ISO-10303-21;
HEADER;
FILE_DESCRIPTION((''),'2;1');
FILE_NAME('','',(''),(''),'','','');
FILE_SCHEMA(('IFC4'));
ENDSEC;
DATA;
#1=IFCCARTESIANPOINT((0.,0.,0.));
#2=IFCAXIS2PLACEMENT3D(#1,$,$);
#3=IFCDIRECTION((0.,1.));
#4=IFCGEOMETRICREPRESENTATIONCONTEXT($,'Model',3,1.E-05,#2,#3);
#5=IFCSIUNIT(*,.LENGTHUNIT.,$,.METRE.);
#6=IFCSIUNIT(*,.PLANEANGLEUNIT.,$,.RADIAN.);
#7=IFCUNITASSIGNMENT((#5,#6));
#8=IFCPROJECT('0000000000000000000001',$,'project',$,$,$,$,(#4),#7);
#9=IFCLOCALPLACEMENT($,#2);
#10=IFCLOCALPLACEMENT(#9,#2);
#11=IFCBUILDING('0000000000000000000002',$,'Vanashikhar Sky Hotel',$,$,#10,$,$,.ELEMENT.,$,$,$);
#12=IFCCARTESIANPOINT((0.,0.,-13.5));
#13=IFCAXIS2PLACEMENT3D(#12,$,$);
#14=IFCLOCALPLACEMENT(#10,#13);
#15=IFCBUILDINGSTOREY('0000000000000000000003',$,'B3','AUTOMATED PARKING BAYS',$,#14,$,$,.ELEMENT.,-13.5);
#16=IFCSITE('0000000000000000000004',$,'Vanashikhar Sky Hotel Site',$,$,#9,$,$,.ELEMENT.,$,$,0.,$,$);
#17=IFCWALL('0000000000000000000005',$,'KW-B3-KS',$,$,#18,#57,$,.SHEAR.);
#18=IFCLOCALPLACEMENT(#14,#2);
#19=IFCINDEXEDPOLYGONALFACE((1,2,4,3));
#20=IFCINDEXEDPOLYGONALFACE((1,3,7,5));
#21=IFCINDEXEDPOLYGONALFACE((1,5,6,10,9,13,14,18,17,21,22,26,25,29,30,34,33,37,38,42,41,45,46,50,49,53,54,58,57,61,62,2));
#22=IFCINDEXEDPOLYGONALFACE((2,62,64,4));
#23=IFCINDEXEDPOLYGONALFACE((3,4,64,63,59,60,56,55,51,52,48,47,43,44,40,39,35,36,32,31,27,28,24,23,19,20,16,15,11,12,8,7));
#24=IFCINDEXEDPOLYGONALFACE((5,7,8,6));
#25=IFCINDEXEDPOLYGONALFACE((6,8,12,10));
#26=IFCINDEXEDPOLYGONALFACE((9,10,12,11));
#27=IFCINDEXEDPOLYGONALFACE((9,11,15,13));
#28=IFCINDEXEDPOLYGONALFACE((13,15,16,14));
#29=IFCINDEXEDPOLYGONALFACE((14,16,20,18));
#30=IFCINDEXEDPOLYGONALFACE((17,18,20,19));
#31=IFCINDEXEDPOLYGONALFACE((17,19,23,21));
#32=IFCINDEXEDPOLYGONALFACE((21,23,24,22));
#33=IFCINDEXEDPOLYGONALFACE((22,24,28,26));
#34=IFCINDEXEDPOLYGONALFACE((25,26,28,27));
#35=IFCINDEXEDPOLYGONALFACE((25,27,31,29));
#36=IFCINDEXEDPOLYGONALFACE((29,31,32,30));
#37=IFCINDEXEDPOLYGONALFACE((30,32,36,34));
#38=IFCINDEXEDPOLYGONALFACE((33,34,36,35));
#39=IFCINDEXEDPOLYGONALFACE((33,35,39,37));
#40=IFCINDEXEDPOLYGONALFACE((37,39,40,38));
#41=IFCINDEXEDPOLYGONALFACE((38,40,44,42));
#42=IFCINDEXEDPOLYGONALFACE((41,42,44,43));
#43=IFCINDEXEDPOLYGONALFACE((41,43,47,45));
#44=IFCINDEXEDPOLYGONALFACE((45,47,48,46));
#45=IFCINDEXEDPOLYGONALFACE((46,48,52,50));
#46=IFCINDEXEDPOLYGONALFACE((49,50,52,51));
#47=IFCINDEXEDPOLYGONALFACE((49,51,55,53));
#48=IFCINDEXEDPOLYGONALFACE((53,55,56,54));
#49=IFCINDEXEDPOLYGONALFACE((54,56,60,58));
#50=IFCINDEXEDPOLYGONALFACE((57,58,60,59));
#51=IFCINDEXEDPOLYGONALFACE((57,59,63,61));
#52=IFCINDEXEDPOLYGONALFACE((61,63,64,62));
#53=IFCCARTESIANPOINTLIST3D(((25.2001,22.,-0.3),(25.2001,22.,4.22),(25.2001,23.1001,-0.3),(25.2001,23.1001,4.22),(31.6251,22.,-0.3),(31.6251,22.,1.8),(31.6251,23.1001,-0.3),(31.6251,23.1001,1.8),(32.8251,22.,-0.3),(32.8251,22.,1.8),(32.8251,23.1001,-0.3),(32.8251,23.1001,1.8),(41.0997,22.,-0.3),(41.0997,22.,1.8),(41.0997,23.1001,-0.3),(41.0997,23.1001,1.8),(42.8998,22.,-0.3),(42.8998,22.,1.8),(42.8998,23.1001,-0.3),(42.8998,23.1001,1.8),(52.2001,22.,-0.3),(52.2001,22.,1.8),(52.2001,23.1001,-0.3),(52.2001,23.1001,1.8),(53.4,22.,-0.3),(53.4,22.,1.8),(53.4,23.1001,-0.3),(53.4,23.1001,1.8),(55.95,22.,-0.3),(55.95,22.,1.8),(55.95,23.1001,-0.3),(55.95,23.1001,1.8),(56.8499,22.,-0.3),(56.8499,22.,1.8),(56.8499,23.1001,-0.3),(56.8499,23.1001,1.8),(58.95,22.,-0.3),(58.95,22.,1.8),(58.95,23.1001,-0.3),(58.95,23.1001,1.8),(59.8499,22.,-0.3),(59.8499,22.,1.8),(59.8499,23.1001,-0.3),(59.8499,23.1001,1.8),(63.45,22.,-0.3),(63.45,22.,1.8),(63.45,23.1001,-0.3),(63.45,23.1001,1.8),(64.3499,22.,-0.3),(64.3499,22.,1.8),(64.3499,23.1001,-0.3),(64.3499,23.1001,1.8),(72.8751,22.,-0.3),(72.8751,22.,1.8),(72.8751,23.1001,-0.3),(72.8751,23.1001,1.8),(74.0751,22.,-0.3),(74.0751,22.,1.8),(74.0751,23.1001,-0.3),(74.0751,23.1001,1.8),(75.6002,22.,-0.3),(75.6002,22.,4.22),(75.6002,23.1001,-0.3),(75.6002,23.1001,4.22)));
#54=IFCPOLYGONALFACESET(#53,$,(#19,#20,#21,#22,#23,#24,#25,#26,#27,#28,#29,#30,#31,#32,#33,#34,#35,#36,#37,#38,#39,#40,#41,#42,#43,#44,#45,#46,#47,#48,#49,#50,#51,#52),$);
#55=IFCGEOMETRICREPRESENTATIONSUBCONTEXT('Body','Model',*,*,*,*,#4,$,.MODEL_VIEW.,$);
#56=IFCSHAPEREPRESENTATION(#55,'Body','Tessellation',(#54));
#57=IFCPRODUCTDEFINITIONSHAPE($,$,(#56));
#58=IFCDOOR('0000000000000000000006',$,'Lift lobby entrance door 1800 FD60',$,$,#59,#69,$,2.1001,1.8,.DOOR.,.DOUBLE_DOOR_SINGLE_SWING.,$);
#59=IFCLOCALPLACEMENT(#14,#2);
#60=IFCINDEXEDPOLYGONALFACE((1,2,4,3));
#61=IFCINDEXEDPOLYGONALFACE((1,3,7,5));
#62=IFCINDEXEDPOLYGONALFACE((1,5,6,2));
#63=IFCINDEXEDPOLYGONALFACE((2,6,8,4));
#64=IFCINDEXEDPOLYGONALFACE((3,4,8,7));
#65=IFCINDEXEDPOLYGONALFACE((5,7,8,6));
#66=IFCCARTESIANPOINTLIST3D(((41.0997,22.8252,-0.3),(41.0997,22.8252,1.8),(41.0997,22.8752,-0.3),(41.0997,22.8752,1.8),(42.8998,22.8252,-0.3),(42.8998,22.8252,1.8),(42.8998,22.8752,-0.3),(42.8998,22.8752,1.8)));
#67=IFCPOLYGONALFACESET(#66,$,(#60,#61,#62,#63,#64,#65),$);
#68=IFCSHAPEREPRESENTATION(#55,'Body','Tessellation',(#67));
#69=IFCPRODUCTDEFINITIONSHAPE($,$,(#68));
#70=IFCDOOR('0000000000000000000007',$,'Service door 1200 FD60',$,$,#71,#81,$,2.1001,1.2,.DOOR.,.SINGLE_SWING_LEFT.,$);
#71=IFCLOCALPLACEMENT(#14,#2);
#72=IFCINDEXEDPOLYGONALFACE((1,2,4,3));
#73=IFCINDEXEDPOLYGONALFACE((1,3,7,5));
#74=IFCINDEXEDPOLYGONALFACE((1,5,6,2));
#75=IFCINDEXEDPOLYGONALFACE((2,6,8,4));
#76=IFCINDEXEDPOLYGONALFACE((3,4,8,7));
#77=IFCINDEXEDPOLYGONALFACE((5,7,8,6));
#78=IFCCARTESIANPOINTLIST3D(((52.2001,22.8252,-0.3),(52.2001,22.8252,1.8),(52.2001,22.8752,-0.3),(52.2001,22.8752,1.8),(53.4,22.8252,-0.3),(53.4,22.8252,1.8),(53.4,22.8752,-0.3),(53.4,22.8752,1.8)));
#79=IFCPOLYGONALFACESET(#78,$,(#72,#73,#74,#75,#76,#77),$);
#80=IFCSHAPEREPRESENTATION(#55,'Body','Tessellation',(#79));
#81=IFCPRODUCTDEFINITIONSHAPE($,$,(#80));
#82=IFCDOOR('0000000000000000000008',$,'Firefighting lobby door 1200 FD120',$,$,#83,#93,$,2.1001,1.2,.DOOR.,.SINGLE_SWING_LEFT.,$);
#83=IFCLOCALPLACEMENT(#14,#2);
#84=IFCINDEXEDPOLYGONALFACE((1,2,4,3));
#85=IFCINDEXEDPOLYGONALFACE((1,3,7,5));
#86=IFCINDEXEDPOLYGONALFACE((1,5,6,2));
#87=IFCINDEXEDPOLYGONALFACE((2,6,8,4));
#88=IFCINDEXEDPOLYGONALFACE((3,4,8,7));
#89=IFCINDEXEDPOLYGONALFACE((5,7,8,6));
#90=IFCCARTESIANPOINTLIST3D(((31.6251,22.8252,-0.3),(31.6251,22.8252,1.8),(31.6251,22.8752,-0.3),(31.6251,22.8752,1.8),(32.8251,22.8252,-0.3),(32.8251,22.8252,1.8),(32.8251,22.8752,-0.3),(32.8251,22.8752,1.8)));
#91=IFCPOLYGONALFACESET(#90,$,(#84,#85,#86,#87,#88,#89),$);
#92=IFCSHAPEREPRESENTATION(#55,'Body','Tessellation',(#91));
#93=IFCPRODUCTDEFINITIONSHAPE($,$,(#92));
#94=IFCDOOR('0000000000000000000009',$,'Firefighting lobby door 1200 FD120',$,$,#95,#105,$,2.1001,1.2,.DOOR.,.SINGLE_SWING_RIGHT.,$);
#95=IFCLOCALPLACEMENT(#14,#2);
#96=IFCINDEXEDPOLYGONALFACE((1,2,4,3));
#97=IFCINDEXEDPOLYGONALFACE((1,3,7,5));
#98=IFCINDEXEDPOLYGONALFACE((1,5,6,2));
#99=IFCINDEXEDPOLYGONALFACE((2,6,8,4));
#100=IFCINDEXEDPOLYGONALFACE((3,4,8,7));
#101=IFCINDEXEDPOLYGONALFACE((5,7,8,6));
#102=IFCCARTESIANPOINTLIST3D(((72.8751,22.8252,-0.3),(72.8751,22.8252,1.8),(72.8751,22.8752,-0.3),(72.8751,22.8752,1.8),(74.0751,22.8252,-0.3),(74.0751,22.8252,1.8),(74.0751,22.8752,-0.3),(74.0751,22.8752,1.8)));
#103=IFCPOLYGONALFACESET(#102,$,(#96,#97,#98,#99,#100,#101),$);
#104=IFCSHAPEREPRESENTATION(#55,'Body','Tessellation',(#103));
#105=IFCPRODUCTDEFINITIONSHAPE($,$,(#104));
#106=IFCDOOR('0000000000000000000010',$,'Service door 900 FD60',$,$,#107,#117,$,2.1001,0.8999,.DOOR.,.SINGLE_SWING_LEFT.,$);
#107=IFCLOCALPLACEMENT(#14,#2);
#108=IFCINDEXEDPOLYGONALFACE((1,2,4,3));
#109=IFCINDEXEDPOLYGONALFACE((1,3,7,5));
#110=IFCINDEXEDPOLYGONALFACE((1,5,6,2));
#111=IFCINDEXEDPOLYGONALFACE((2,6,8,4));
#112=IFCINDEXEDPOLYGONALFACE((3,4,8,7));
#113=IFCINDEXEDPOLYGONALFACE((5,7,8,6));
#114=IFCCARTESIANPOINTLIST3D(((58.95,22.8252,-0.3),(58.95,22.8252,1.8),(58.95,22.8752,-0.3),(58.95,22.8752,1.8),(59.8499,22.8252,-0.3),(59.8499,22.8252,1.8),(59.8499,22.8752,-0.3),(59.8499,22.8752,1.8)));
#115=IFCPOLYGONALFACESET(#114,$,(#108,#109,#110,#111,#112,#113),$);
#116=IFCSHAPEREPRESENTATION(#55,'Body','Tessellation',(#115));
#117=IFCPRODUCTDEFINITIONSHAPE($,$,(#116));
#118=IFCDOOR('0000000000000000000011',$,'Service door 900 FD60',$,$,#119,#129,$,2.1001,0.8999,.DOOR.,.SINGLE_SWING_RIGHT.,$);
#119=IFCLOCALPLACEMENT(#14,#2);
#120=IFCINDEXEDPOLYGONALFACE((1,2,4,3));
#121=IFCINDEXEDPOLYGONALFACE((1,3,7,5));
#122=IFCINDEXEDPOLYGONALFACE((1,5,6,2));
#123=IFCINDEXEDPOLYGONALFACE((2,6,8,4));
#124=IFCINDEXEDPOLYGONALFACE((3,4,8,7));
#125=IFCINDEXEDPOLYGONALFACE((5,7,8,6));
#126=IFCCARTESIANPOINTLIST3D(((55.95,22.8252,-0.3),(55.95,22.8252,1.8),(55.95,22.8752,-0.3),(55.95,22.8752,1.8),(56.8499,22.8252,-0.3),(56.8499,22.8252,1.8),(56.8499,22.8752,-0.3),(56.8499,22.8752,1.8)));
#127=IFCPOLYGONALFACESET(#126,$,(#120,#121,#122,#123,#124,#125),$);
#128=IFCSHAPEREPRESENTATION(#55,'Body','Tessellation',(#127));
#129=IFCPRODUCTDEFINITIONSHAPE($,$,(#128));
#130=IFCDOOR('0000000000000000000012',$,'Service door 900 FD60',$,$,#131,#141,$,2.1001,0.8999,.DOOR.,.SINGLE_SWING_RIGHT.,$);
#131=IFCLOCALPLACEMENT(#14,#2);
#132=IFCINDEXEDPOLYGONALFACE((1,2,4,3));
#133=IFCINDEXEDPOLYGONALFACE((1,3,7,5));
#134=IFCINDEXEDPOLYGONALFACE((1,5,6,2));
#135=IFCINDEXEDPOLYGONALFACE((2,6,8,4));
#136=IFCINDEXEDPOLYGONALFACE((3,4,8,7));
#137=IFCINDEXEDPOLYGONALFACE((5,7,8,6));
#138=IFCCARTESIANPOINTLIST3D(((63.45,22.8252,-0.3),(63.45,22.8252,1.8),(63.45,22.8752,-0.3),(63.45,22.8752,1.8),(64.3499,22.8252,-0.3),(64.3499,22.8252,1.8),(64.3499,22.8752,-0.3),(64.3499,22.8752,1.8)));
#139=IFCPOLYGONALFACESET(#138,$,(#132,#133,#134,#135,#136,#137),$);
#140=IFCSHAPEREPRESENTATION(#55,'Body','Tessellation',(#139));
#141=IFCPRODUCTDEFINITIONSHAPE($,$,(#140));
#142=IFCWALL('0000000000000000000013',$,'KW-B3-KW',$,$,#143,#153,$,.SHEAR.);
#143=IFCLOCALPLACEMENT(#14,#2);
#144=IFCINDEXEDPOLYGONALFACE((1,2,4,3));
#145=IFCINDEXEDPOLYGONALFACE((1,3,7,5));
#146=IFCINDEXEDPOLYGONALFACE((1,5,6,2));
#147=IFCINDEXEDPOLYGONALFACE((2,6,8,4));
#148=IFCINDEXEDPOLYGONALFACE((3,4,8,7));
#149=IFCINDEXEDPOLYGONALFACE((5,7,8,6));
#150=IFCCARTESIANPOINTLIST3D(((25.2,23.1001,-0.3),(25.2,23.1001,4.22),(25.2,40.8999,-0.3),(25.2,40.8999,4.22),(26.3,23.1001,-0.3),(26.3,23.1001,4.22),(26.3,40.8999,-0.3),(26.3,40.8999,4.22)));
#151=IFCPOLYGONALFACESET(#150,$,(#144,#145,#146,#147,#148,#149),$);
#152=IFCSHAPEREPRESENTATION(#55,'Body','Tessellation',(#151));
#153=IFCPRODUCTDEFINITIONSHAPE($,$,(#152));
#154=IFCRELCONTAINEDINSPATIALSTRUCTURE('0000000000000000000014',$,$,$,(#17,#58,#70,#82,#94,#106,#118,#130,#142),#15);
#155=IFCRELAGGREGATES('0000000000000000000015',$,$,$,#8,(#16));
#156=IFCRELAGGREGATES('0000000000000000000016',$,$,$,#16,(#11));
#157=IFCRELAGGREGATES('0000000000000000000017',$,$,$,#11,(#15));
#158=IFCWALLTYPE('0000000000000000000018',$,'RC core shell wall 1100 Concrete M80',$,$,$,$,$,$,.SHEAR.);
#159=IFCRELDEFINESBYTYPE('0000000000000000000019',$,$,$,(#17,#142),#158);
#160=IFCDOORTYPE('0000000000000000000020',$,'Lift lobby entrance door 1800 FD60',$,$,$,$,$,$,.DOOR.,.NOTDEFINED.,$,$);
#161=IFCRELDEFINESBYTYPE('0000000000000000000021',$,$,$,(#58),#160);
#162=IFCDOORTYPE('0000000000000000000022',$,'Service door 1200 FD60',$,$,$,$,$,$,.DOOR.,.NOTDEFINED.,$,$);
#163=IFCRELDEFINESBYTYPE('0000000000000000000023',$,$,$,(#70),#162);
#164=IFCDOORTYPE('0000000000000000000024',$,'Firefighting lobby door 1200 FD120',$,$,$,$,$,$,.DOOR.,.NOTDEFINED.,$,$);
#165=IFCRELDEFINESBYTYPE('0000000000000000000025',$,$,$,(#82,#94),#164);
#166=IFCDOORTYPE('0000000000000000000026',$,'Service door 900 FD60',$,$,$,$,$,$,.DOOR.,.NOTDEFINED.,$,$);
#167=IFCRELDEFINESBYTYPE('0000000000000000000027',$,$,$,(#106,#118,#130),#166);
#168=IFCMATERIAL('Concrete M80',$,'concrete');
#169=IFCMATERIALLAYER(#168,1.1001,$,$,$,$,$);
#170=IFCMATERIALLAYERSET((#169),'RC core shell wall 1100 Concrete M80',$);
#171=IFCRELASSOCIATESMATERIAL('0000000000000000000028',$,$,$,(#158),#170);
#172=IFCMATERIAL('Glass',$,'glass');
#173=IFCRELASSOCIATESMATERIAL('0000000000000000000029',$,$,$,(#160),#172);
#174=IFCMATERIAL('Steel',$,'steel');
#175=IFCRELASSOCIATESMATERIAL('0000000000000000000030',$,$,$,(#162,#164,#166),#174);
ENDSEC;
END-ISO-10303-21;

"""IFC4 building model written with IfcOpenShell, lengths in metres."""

from ifc_helpers import new_model, si_unit, direction, frame, frame_2d, origin, place, context, subcontext, project, spatial, rectangle, extrude, source, transform, mapped, material, layer, layer_set, type_object, element, fill, save


model = new_model("IFC4")

# Units and contexts
model_context = context("Model", 3, precision=1e-05, world=origin(), true_north=direction((0.0, 1.0)))
body_context = subcontext(model_context, "Body", "Model", "MODEL_VIEW")
ifc_project = project(units=[si_unit("LENGTHUNIT", "METRE"), si_unit("PLANEANGLEUNIT", "RADIAN")], contexts=[model_context])

# Site, building, storey
site_placement = place(None, origin())
site = spatial("IfcSite", under=ifc_project, at=site_placement, Name="Vanashikhar Sky Hotel Site", CompositionType="ELEMENT", RefElevation=0.0)
building_placement = place(site_placement, origin())
building = spatial("IfcBuilding", under=site, at=building_placement, Name="Vanashikhar Sky Hotel", CompositionType="ELEMENT")
storey_placement = place(building_placement, frame((0.0, 0.0, -13.5)))
storey = spatial("IfcBuildingStorey", under=building, at=storey_placement, Name="B3", Description="AUTOMATED PARKING BAYS", CompositionType="ELEMENT", Elevation=-13.5)

# Wall, openings, doors
ifc_material_1 = material(Name="Concrete M80", Category="concrete")
ifc_layer_1 = layer(ifc_material_1, 1.1001)
ifc_layer_set_1 = layer_set([ifc_layer_1], Name="RC core shell wall 1100 Concrete M80")
wall_type_1 = type_object("IfcWallType", Name="RC core shell wall 1100 Concrete M80", PredefinedType="SHEAR", material=ifc_layer_set_1)
shared_shape_1 = source(origin(), body_context, "Body", "SweptSolid", [
    extrude(rectangle(XDim=50.4001, YDim=1.1001, at=frame_2d((25.2002, 0.0))), origin(), (0.0, 0.0, 1.0), 4.52),
])
wall_1_placement = place(storey_placement, frame((25.2, 22.55, -0.3), z_axis=(0.0, 0.0, 1.0), x_axis=(1.0, 0.0, 0.0)))
wall_1 = element("IfcWall", 1, at=wall_1_placement, inside=storey, type_object=wall_type_1, Name="KW-B3-KS", PredefinedType="SHEAR", context=body_context, shape_type="MappedRepresentation", body=[
    mapped(shared_shape_1, transform((0.0, 0.0, 0.0), scale=1.0)),
])
shared_shape_2 = source(origin(), body_context, "Body", "SweptSolid", [
    extrude(rectangle(XDim=1.8, YDim=2.1001, at=frame_2d((0.8999, 1.05))), frame((0.0, 0.5601, 0.0), z_axis=(0.0, -1.0, 0.0), x_axis=(1.0, 0.0, 0.0)), (0.0, 0.0, 1.0), 1.1201),
])
opening_1_placement = place(wall_1_placement, frame((15.8999, 0.0, 0.0)))
opening_1 = element("IfcOpeningElement", 2, at=opening_1_placement, cuts=wall_1, PredefinedType="OPENING", context=body_context, shape_type="MappedRepresentation", body=[
    mapped(shared_shape_2, transform((0.0, 0.0, 0.0), scale=1.0)),
])
shared_shape_3 = source(origin(), body_context, "Body", "SweptSolid", [
    extrude(rectangle(XDim=1.2, YDim=2.1001, at=frame_2d((0.6001, 1.05))), frame((0.0, 0.5601, 0.0), z_axis=(0.0, -1.0, 0.0), x_axis=(1.0, 0.0, 0.0)), (0.0, 0.0, 1.0), 1.1201),
])
opening_2_placement = place(wall_1_placement, frame((27.0, 0.0, 0.0)))
opening_2 = element("IfcOpeningElement", 3, at=opening_2_placement, cuts=wall_1, PredefinedType="OPENING", context=body_context, shape_type="MappedRepresentation", body=[
    mapped(shared_shape_3, transform((0.0, 0.0, 0.0), scale=1.0)),
])
shared_shape_4 = source(origin(), body_context, "Body", "SweptSolid", [
    extrude(rectangle(XDim=0.8999, YDim=2.1001, at=frame_2d((0.45, 1.05))), frame((0.0, 0.5601, 0.0), z_axis=(0.0, -1.0, 0.0), x_axis=(1.0, 0.0, 0.0)), (0.0, 0.0, 1.0), 1.1201),
])
opening_3_placement = place(wall_1_placement, frame((33.75, 0.0, 0.0)))
opening_3 = element("IfcOpeningElement", 4, at=opening_3_placement, cuts=wall_1, PredefinedType="OPENING", context=body_context, shape_type="MappedRepresentation", body=[
    mapped(shared_shape_4, transform((0.0, 0.0, 0.0), scale=1.0)),
])
opening_4_placement = place(wall_1_placement, frame((30.75, 0.0, 0.0)))
opening_4 = element("IfcOpeningElement", 5, at=opening_4_placement, cuts=wall_1, PredefinedType="OPENING", context=body_context, shape_type="MappedRepresentation", body=[
    mapped(shared_shape_4, transform((0.0, 0.0, 0.0), scale=1.0)),
])
opening_5_placement = place(wall_1_placement, frame((38.25, 0.0, 0.0)))
opening_5 = element("IfcOpeningElement", 6, at=opening_5_placement, cuts=wall_1, PredefinedType="OPENING", context=body_context, shape_type="MappedRepresentation", body=[
    mapped(shared_shape_4, transform((0.0, 0.0, 0.0), scale=1.0)),
])
opening_6_placement = place(wall_1_placement, frame((6.425, 0.0, 0.0)))
opening_6 = element("IfcOpeningElement", 7, at=opening_6_placement, cuts=wall_1, PredefinedType="OPENING", context=body_context, shape_type="MappedRepresentation", body=[
    mapped(shared_shape_3, transform((0.0, 0.0, 0.0), scale=1.0)),
])
opening_7_placement = place(wall_1_placement, frame((47.675, 0.0, 0.0)))
opening_7 = element("IfcOpeningElement", 8, at=opening_7_placement, cuts=wall_1, PredefinedType="OPENING", context=body_context, shape_type="MappedRepresentation", body=[
    mapped(shared_shape_3, transform((0.0, 0.0, 0.0), scale=1.0)),
])
ifc_material_2 = material(Name="Glass", Category="glass")
door_type_1 = type_object("IfcDoorType", Name="Lift lobby entrance door 1800 FD60", OperationType="NOTDEFINED", PredefinedType="DOOR", material=ifc_material_2)
shared_shape_5 = source(origin(), body_context, "Body", "SweptSolid", [
    extrude(rectangle(XDim=1.8, YDim=2.1001, at=frame_2d((0.8999, 1.05))), frame((0.0, 0.3252, 0.0), z_axis=(0.0, -1.0, 0.0), x_axis=(1.0, 0.0, 0.0)), (0.0, 0.0, 1.0), 0.05),
])
door_1_placement = place(opening_1_placement, origin())
door_1 = element("IfcDoor", 9, at=door_1_placement, inside=storey, type_object=door_type_1, Name="Lift lobby entrance door 1800 FD60", OperationType="DOUBLE_DOOR_SINGLE_SWING", OverallHeight=2.1001, OverallWidth=1.8, PredefinedType="DOOR", context=body_context, shape_type="MappedRepresentation", body=[
    mapped(shared_shape_5, transform((0.0, 0.0, 0.0), scale=1.0)),
])
fill(opening_1, door_1)
ifc_material_3 = material(Name="Steel", Category="steel")
door_type_2 = type_object("IfcDoorType", Name="Service door 1200 FD60", OperationType="NOTDEFINED", PredefinedType="DOOR", material=ifc_material_3)
shared_shape_6 = source(origin(), body_context, "Body", "SweptSolid", [
    extrude(rectangle(XDim=1.2, YDim=2.1001, at=frame_2d((0.6001, 1.05))), frame((0.0, 0.3252, 0.0), z_axis=(0.0, -1.0, 0.0), x_axis=(1.0, 0.0, 0.0)), (0.0, 0.0, 1.0), 0.05),
])
door_2_placement = place(opening_2_placement, origin())
door_2 = element("IfcDoor", 10, at=door_2_placement, inside=storey, type_object=door_type_2, Name="Service door 1200 FD60", OperationType="SINGLE_SWING_LEFT", OverallHeight=2.1001, OverallWidth=1.2, PredefinedType="DOOR", context=body_context, shape_type="MappedRepresentation", body=[
    mapped(shared_shape_6, transform((0.0, 0.0, 0.0), scale=1.0)),
])
fill(opening_2, door_2)
door_type_3 = type_object("IfcDoorType", Name="Firefighting lobby door 1200 FD120", OperationType="NOTDEFINED", PredefinedType="DOOR", material=ifc_material_3)
door_3_placement = place(opening_6_placement, origin())
door_3 = element("IfcDoor", 11, at=door_3_placement, inside=storey, type_object=door_type_3, Name="Firefighting lobby door 1200 FD120", OperationType="SINGLE_SWING_LEFT", OverallHeight=2.1001, OverallWidth=1.2, PredefinedType="DOOR", context=body_context, shape_type="MappedRepresentation", body=[
    mapped(shared_shape_6, transform((0.0, 0.0, 0.0), scale=1.0)),
])
fill(opening_6, door_3)
door_4_placement = place(opening_7_placement, origin())
door_4 = element("IfcDoor", 12, at=door_4_placement, inside=storey, type_object=door_type_3, Name="Firefighting lobby door 1200 FD120", OperationType="SINGLE_SWING_RIGHT", OverallHeight=2.1001, OverallWidth=1.2, PredefinedType="DOOR", context=body_context, shape_type="MappedRepresentation", body=[
    mapped(shared_shape_6, transform((0.0, 0.0, 0.0), scale=1.0)),
])
fill(opening_7, door_4)
door_type_4 = type_object("IfcDoorType", Name="Service door 900 FD60", OperationType="NOTDEFINED", PredefinedType="DOOR", material=ifc_material_3)
shared_shape_7 = source(origin(), body_context, "Body", "SweptSolid", [
    extrude(rectangle(XDim=0.8999, YDim=2.1001, at=frame_2d((0.45, 1.05))), frame((0.0, 0.3252, 0.0), z_axis=(0.0, -1.0, 0.0), x_axis=(1.0, 0.0, 0.0)), (0.0, 0.0, 1.0), 0.05),
])
door_5_placement = place(opening_3_placement, origin())
door_5 = element("IfcDoor", 13, at=door_5_placement, inside=storey, type_object=door_type_4, Name="Service door 900 FD60", OperationType="SINGLE_SWING_LEFT", OverallHeight=2.1001, OverallWidth=0.8999, PredefinedType="DOOR", context=body_context, shape_type="MappedRepresentation", body=[
    mapped(shared_shape_7, transform((0.0, 0.0, 0.0), scale=1.0)),
])
fill(opening_3, door_5)
door_6_placement = place(opening_4_placement, origin())
door_6 = element("IfcDoor", 14, at=door_6_placement, inside=storey, type_object=door_type_4, Name="Service door 900 FD60", OperationType="SINGLE_SWING_RIGHT", OverallHeight=2.1001, OverallWidth=0.8999, PredefinedType="DOOR", context=body_context, shape_type="MappedRepresentation", body=[
    mapped(shared_shape_7, transform((0.0, 0.0, 0.0), scale=1.0)),
])
fill(opening_4, door_6)
door_7_placement = place(opening_5_placement, origin())
door_7 = element("IfcDoor", 15, at=door_7_placement, inside=storey, type_object=door_type_4, Name="Service door 900 FD60", OperationType="SINGLE_SWING_RIGHT", OverallHeight=2.1001, OverallWidth=0.8999, PredefinedType="DOOR", context=body_context, shape_type="MappedRepresentation", body=[
    mapped(shared_shape_7, transform((0.0, 0.0, 0.0), scale=1.0)),
])
fill(opening_5, door_7)

# Wall
shared_shape_8 = source(origin(), body_context, "Body", "SweptSolid", [
    extrude(rectangle(XDim=17.7998, YDim=1.1001, at=frame_2d((8.8999, 0.0))), origin(), (0.0, 0.0, 1.0), 4.52),
])
wall_2_placement = place(storey_placement, frame((25.75, 23.1001, -0.3), z_axis=(0.0, 0.0, 1.0), x_axis=(0.0, 1.0, 0.0)))
element("IfcWall", 16, at=wall_2_placement, inside=storey, type_object=wall_type_1, Name="KW-B3-KW", PredefinedType="SHEAR", context=body_context, shape_type="MappedRepresentation", body=[
    mapped(shared_shape_8, transform((0.0, 0.0, 0.0), scale=1.0)),
])

save(model, "model.ifc")
